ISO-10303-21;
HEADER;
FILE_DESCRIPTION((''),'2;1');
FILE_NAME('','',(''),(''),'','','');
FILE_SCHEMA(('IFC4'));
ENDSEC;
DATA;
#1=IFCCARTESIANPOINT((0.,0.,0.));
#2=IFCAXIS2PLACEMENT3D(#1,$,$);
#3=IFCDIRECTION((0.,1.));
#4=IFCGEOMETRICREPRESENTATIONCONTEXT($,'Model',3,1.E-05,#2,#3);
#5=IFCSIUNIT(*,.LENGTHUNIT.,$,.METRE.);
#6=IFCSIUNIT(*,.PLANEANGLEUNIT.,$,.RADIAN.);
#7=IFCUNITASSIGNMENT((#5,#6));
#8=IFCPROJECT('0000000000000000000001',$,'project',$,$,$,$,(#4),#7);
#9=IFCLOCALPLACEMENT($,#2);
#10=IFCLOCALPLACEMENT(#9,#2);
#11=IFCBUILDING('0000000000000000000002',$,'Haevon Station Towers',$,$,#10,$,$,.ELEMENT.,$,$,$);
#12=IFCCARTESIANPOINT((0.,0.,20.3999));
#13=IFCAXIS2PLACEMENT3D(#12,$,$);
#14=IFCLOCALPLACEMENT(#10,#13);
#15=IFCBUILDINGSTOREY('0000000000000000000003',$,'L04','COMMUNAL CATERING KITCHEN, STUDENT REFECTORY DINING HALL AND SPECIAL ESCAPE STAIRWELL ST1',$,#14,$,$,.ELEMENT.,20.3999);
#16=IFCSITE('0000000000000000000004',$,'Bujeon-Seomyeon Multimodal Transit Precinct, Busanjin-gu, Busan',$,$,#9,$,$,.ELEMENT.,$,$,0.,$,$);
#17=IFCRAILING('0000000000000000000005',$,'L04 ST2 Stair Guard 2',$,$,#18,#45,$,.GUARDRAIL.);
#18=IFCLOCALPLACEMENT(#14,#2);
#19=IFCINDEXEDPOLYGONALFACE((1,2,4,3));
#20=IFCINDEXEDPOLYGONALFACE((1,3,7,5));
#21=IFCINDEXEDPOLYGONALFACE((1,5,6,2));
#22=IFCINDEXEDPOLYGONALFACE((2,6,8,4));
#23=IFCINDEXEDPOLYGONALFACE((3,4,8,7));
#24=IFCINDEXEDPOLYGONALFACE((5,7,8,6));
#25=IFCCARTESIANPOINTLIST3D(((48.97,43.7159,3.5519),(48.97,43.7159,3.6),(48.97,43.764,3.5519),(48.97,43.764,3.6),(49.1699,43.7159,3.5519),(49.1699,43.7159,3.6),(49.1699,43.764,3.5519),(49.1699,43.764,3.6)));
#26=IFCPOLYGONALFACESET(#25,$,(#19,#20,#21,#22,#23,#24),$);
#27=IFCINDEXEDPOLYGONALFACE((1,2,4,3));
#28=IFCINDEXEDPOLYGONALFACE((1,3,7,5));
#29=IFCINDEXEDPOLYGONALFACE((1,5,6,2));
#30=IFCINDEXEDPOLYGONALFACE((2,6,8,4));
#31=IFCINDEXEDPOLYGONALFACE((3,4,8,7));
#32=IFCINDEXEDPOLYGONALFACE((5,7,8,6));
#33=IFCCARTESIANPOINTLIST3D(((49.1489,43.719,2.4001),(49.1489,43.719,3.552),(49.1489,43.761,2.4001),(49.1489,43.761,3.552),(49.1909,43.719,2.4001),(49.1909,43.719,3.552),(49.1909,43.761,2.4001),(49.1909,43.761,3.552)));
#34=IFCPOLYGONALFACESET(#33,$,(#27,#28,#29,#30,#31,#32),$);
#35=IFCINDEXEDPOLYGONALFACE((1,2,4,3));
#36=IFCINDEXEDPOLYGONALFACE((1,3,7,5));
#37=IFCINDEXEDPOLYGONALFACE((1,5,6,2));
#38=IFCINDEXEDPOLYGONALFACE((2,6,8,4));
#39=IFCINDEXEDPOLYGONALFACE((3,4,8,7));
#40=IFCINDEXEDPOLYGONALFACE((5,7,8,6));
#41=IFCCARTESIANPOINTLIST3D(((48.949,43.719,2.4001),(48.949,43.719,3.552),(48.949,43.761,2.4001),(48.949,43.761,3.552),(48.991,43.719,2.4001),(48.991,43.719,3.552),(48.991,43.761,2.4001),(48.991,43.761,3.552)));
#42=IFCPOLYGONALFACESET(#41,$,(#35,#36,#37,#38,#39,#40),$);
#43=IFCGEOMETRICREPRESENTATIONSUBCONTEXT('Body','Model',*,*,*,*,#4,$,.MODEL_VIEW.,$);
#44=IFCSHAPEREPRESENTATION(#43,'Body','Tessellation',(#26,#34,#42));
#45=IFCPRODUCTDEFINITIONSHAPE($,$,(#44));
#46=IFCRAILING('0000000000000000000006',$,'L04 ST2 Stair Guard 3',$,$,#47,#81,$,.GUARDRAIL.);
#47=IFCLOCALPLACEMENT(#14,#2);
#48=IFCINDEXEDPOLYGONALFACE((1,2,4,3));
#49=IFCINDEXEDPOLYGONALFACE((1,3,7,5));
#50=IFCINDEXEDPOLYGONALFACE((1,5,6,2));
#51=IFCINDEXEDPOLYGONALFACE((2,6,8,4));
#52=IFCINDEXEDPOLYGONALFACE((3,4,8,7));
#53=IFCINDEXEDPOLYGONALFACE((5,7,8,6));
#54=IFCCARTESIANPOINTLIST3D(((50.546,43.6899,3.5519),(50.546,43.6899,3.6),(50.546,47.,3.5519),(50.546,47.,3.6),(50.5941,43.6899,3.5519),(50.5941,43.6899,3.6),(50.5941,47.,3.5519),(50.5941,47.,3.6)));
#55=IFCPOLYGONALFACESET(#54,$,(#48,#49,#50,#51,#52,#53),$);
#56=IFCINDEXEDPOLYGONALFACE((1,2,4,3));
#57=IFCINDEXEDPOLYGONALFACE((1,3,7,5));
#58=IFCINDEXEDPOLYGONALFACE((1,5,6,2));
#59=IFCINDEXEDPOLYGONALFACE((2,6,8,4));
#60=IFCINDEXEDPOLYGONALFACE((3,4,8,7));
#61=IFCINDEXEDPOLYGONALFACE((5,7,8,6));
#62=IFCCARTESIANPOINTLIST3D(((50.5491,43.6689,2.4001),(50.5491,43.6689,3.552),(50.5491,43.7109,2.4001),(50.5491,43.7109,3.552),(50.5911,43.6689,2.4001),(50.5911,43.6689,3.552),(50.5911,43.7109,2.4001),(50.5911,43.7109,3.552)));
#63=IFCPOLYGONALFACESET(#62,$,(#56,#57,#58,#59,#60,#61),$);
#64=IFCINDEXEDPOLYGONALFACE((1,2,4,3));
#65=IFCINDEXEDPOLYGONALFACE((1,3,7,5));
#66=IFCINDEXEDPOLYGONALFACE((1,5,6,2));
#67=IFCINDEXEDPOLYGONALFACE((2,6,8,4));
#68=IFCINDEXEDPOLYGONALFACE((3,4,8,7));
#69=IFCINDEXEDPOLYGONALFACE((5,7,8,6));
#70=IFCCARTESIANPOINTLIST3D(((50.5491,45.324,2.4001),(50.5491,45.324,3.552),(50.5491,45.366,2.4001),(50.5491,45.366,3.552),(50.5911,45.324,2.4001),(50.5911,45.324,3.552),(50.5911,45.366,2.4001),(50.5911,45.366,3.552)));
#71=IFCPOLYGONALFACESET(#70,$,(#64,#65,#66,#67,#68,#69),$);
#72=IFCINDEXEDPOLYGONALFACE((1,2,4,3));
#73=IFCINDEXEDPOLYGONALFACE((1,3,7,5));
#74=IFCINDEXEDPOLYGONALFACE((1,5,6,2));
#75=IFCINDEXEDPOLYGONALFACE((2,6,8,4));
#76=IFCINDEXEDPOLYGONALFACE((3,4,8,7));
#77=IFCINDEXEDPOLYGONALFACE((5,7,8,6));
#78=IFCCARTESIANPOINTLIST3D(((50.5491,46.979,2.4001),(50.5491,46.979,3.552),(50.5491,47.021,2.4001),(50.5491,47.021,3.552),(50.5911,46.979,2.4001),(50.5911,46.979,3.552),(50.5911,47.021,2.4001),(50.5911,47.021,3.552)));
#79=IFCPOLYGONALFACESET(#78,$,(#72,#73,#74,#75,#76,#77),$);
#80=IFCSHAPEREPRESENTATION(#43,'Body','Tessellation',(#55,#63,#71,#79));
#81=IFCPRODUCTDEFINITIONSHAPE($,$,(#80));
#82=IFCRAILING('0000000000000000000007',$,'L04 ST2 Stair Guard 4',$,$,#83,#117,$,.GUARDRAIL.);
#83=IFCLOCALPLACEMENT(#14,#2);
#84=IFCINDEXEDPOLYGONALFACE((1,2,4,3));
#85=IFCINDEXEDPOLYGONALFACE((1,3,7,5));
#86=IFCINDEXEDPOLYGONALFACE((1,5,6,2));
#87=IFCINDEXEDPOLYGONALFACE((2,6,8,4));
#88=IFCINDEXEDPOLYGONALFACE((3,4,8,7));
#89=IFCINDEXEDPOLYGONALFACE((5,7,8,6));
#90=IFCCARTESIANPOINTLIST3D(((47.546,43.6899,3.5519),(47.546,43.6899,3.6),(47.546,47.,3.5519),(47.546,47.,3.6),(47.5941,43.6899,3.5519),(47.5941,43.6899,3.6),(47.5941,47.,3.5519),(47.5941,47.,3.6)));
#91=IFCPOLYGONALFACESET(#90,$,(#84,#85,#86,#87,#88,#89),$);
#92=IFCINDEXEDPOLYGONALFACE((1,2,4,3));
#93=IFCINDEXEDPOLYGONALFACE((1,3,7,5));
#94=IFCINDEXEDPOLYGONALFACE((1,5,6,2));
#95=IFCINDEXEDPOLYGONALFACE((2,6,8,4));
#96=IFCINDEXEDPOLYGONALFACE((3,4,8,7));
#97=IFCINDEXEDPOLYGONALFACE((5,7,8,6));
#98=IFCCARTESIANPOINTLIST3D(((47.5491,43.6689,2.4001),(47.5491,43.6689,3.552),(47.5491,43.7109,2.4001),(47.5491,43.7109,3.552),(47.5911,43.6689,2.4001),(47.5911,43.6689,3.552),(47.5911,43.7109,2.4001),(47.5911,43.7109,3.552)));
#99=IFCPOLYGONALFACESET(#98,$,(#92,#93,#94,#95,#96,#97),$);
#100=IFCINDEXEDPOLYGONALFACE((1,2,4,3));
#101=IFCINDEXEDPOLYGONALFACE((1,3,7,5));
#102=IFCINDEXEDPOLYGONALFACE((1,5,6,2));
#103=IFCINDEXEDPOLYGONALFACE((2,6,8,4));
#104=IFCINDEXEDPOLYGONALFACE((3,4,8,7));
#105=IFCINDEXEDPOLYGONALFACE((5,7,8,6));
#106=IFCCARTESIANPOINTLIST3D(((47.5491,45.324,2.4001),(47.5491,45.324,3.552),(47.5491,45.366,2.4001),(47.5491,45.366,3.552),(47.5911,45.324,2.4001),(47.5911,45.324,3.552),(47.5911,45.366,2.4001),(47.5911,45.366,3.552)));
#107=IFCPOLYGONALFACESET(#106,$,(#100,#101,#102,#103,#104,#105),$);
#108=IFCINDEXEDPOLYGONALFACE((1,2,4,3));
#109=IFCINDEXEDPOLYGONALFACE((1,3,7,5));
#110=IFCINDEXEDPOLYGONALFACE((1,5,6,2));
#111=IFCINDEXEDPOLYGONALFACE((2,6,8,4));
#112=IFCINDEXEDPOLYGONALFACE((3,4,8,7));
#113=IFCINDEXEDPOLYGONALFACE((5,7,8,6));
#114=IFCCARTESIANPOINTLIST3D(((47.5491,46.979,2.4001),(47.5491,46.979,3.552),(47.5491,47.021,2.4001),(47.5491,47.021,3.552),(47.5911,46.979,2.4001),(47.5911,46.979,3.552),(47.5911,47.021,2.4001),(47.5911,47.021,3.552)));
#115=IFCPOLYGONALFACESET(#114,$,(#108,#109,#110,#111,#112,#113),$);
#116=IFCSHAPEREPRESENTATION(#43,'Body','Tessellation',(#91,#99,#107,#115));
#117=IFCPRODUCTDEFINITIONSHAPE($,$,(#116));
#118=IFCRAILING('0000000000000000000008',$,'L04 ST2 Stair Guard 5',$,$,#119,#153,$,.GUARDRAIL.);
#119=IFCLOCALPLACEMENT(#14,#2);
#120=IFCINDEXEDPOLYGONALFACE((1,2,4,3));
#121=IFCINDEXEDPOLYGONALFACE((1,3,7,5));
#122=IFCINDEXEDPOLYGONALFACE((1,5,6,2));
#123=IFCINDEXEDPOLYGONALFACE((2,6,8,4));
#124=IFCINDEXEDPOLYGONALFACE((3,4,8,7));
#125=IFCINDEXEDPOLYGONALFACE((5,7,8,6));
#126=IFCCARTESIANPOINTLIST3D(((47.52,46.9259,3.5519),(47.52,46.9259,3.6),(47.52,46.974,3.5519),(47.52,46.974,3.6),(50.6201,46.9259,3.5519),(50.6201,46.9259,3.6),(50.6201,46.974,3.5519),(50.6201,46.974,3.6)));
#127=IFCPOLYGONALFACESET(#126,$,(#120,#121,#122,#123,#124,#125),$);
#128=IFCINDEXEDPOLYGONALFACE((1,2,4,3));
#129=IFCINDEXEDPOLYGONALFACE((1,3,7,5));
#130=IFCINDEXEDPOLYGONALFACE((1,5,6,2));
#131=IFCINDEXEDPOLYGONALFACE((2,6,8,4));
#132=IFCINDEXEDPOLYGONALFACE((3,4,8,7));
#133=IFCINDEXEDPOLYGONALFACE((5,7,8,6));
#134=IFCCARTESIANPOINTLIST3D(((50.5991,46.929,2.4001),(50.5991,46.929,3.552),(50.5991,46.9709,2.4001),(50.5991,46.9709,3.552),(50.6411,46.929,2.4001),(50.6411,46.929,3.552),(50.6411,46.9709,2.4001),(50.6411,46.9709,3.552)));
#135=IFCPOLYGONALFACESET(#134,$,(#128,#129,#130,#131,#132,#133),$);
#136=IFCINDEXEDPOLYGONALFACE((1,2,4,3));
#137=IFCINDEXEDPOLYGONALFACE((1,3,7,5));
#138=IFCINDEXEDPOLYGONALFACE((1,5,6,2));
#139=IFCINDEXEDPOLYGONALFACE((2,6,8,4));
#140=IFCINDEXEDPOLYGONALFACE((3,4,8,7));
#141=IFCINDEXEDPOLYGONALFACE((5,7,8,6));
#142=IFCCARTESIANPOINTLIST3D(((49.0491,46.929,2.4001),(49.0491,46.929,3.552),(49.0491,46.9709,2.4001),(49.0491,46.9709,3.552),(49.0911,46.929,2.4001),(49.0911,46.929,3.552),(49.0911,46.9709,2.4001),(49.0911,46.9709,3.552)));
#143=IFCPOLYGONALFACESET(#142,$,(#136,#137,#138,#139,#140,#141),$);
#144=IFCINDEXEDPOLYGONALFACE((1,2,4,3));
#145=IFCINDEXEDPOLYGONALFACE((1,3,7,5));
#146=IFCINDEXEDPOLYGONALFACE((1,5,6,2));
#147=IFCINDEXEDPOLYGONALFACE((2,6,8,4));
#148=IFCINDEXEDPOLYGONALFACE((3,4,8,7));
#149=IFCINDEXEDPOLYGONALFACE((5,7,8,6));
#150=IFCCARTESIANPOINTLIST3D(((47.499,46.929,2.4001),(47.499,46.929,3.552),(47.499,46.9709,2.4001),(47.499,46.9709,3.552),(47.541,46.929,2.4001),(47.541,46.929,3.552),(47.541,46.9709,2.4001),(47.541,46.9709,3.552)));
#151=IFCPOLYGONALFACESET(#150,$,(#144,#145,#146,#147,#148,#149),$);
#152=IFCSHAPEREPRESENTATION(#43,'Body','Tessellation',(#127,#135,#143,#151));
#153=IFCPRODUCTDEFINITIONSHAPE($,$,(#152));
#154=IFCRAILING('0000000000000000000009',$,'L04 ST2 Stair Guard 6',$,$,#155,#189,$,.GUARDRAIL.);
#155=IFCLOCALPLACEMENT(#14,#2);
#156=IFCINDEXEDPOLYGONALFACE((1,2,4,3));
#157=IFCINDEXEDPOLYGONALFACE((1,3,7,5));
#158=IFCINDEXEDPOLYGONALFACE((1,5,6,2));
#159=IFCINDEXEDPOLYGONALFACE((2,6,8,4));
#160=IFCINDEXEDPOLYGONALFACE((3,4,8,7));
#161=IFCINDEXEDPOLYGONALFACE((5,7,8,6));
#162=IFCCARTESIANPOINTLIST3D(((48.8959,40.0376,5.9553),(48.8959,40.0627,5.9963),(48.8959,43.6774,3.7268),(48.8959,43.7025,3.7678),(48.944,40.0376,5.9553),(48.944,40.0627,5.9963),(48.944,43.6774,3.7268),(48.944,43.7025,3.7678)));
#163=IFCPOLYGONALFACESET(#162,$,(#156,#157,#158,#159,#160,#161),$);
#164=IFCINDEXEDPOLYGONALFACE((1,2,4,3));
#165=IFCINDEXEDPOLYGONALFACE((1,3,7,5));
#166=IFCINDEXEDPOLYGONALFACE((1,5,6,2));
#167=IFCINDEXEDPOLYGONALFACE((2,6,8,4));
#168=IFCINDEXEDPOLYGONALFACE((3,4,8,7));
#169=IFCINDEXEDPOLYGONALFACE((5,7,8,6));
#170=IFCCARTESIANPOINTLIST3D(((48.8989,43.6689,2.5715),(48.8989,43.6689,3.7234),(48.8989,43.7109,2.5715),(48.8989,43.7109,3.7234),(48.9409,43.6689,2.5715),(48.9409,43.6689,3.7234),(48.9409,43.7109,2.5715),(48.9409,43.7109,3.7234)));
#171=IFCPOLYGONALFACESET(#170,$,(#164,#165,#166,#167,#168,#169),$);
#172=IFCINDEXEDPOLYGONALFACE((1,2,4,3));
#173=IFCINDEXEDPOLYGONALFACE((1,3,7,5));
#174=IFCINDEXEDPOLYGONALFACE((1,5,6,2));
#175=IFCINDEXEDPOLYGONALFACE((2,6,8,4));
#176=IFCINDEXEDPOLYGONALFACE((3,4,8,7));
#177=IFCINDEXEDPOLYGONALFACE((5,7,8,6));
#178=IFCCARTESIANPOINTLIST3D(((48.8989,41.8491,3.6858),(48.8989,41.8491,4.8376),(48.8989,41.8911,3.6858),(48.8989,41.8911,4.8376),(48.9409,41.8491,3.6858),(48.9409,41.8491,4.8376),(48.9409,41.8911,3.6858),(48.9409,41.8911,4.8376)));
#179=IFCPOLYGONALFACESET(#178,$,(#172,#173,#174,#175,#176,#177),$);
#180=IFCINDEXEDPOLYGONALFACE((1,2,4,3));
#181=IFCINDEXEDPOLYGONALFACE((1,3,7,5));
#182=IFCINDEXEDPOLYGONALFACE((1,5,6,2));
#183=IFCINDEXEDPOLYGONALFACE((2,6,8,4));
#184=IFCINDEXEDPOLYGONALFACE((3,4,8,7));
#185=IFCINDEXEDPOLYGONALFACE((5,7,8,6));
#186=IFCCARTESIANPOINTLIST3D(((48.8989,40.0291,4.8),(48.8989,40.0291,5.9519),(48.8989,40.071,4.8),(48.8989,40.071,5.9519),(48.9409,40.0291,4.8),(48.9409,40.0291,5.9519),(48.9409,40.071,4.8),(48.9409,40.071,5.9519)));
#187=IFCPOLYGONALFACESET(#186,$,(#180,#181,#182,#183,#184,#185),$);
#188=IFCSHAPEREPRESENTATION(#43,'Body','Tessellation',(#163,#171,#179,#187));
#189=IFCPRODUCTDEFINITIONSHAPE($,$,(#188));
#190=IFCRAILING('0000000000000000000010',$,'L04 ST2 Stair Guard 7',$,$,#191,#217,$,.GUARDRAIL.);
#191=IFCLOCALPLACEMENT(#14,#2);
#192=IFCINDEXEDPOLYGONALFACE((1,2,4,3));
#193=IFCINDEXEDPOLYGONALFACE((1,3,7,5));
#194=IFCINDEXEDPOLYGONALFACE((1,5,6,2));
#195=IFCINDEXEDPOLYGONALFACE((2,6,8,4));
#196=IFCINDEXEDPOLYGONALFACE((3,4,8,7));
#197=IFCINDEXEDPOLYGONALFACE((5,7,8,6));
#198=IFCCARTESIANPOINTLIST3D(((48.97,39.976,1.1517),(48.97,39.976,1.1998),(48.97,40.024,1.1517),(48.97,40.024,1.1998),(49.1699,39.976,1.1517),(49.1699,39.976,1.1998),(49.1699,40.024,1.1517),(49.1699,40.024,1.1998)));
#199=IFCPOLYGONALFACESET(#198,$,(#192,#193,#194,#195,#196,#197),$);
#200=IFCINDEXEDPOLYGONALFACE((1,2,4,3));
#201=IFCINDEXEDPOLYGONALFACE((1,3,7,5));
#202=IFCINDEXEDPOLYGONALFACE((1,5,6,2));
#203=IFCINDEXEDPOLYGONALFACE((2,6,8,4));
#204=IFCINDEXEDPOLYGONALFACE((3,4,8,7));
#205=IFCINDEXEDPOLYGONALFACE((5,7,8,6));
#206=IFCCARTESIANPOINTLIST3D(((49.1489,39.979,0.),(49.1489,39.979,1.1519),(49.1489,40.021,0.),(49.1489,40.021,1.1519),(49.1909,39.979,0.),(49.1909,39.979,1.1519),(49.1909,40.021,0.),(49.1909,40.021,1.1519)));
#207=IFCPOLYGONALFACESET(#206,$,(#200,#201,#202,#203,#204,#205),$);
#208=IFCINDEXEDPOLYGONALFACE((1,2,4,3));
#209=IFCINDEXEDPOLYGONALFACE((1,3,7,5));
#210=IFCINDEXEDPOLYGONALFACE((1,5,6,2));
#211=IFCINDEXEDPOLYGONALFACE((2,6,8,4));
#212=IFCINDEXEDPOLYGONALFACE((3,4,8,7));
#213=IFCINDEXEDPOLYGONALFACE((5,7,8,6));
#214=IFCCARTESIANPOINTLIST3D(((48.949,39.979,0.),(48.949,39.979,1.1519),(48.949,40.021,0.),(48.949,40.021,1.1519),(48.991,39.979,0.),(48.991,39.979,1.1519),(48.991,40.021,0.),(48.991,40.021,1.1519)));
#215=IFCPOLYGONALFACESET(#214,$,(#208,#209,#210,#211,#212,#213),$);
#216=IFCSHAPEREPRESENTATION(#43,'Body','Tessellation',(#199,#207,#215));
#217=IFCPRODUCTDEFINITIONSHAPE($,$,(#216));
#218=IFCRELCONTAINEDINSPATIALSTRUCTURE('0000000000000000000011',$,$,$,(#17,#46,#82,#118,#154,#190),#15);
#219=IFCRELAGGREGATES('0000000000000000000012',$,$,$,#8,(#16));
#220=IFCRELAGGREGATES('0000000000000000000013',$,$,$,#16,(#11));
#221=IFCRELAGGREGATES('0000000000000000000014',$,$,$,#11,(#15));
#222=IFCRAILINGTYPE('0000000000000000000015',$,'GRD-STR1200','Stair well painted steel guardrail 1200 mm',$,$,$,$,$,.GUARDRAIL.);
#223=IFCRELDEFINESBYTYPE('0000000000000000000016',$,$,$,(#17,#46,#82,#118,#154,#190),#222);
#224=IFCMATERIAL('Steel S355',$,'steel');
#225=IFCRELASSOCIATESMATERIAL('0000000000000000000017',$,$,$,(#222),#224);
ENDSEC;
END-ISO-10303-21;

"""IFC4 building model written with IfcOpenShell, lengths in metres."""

from ifc_helpers import new_model, si_unit, direction, frame, origin, origin_2d, place, context, subcontext, project, spatial, rectangle, extrude, material, type_object, element, save


model = new_model("IFC4")

# Units and contexts
model_context = context("Model", 3, precision=1e-05, world=origin(), true_north=direction((0.0, 1.0)))
body_context = subcontext(model_context, "Body", "Model", "MODEL_VIEW")
ifc_project = project(units=[si_unit("LENGTHUNIT", "METRE"), si_unit("PLANEANGLEUNIT", "RADIAN")], contexts=[model_context])

# Site, building, storey
site_placement = place(None, origin())
site = spatial("IfcSite", under=ifc_project, at=site_placement, Name="Bujeon-Seomyeon Multimodal Transit Precinct, Busanjin-gu, Busan", CompositionType="ELEMENT", RefElevation=0.0)
building_placement = place(site_placement, origin())
building = spatial("IfcBuilding", under=site, at=building_placement, Name="Haevon Station Towers", CompositionType="ELEMENT")
storey_placement = place(building_placement, frame((0.0, 0.0, 20.3999)))
storey = spatial("IfcBuildingStorey", under=building, at=storey_placement, Name="L04", Description="COMMUNAL CATERING KITCHEN, STUDENT REFECTORY DINING HALL AND SPECIAL ESCAPE STAIRWELL ST1", CompositionType="ELEMENT", Elevation=20.3999)

# Shared definitions
ifc_material_1 = material(Name="Steel S355", Category="steel")

# Railings
railing_type_1 = type_object("IfcRailingType", Name="GRD-STR1200", Description="Stair well painted steel guardrail 1200 mm", PredefinedType="GUARDRAIL", material=ifc_material_1)
railing_1_placement = place(storey_placement, frame((49.1699, 43.74, 2.4001)))
element("IfcRailing", 1, at=railing_1_placement, inside=storey, type_object=railing_type_1, Name="L04 ST2 Stair Guard 2", PredefinedType="GUARDRAIL", context=body_context, shape_type="SweptSolid", body=[
    extrude(rectangle(XDim=0.0481, YDim=0.0481, at=origin_2d()), frame((0.0, 0.0, 1.1758), z_axis=(-1.0, 0.0, 0.0), x_axis=(0.0, -1.0, 0.0)), (0.0, 0.0, 1.0), 0.2),
    extrude(rectangle(XDim=0.042, YDim=0.042, at=origin_2d()), origin(), (0.0, 0.0, 1.0), 1.1519),
    extrude(rectangle(XDim=0.042, YDim=0.042, at=origin_2d()), frame((-0.2, 0.0, 0.0)), (0.0, 0.0, 1.0), 1.1519),
])
for number, where, name in (
    (2, (50.5701, 43.6899, 2.4001), "L04 ST2 Stair Guard 3"),
    (3, (47.5701, 43.6899, 2.4001), "L04 ST2 Stair Guard 4"),
):
    element("IfcRailing", number, at=place(storey_placement, frame(where)), inside=storey, type_object=railing_type_1, Name=name, PredefinedType="GUARDRAIL", context=body_context, shape_type="SweptSolid", body=[
        extrude(rectangle(XDim=0.0481, YDim=0.0481, at=origin_2d()), frame((0.0, 0.0, 1.1758), z_axis=(0.0, 1.0, 0.0), x_axis=(-1.0, 0.0, 0.0)), (0.0, 0.0, 1.0), 3.3101),
        extrude(rectangle(XDim=0.042, YDim=0.042, at=origin_2d()), origin(), (0.0, 0.0, 1.0), 1.1519),
        extrude(rectangle(XDim=0.042, YDim=0.042, at=origin_2d()), frame((0.0, 1.655, 0.0)), (0.0, 0.0, 1.0), 1.1519),
        extrude(rectangle(XDim=0.042, YDim=0.042, at=origin_2d()), frame((0.0, 3.3101, 0.0)), (0.0, 0.0, 1.0), 1.1519),
    ])
railing_2_placement = place(storey_placement, frame((50.6201, 46.95, 2.4001)))
element("IfcRailing", 4, at=railing_2_placement, inside=storey, type_object=railing_type_1, Name="L04 ST2 Stair Guard 5", PredefinedType="GUARDRAIL", context=body_context, shape_type="SweptSolid", body=[
    extrude(rectangle(XDim=0.0481, YDim=0.0481, at=origin_2d()), frame((0.0, 0.0, 1.1758), z_axis=(-1.0, 0.0, 0.0), x_axis=(0.0, -1.0, 0.0)), (0.0, 0.0, 1.0), 3.1001),
    extrude(rectangle(XDim=0.042, YDim=0.042, at=origin_2d()), origin(), (0.0, 0.0, 1.0), 1.1519),
    extrude(rectangle(XDim=0.042, YDim=0.042, at=origin_2d()), frame((-1.55, 0.0, 0.0)), (0.0, 0.0, 1.0), 1.1519),
    extrude(rectangle(XDim=0.042, YDim=0.042, at=origin_2d()), frame((-3.1001, 0.0, 0.0)), (0.0, 0.0, 1.0), 1.1519),
])
railing_3_placement = place(storey_placement, frame((48.9199, 43.6899, 2.5715)))
element("IfcRailing", 5, at=railing_3_placement, inside=storey, type_object=railing_type_1, Name="L04 ST2 Stair Guard 6", PredefinedType="GUARDRAIL", context=body_context, shape_type="SweptSolid", body=[
    extrude(rectangle(XDim=0.0481, YDim=0.0481, at=origin_2d()), frame((0.0, 0.0, 1.1758), z_axis=(0.0, -0.85285, 0.522156), x_axis=(1.0, 0.0, 0.0)), (0.0, 0.0, 1.0), 4.2678),
    extrude(rectangle(XDim=0.042, YDim=0.042, at=origin_2d()), origin(), (0.0, 0.0, 1.0), 1.1519),
    extrude(rectangle(XDim=0.042, YDim=0.042, at=origin_2d()), frame((0.0, -1.8198, 1.1143)), (0.0, 0.0, 1.0), 1.1519),
    extrude(rectangle(XDim=0.042, YDim=0.042, at=origin_2d()), frame((0.0, -3.6399, 2.2285)), (0.0, 0.0, 1.0), 1.1519),
])
railing_4_placement = place(storey_placement, frame((49.1699, 40.0, 0.0)))
element("IfcRailing", 6, at=railing_4_placement, inside=storey, type_object=railing_type_1, Name="L04 ST2 Stair Guard 7", PredefinedType="GUARDRAIL", context=body_context, shape_type="SweptSolid", body=[
    extrude(rectangle(XDim=0.0481, YDim=0.0481, at=origin_2d()), frame((0.0, 0.0, 1.1758), z_axis=(-1.0, 0.0, 0.0), x_axis=(0.0, -1.0, 0.0)), (0.0, 0.0, 1.0), 0.2),
    extrude(rectangle(XDim=0.042, YDim=0.042, at=origin_2d()), origin(), (0.0, 0.0, 1.0), 1.1519),
    extrude(rectangle(XDim=0.042, YDim=0.042, at=origin_2d()), frame((-0.2, 0.0, 0.0)), (0.0, 0.0, 1.0), 1.1519),
])

save(model, "model.ifc")
